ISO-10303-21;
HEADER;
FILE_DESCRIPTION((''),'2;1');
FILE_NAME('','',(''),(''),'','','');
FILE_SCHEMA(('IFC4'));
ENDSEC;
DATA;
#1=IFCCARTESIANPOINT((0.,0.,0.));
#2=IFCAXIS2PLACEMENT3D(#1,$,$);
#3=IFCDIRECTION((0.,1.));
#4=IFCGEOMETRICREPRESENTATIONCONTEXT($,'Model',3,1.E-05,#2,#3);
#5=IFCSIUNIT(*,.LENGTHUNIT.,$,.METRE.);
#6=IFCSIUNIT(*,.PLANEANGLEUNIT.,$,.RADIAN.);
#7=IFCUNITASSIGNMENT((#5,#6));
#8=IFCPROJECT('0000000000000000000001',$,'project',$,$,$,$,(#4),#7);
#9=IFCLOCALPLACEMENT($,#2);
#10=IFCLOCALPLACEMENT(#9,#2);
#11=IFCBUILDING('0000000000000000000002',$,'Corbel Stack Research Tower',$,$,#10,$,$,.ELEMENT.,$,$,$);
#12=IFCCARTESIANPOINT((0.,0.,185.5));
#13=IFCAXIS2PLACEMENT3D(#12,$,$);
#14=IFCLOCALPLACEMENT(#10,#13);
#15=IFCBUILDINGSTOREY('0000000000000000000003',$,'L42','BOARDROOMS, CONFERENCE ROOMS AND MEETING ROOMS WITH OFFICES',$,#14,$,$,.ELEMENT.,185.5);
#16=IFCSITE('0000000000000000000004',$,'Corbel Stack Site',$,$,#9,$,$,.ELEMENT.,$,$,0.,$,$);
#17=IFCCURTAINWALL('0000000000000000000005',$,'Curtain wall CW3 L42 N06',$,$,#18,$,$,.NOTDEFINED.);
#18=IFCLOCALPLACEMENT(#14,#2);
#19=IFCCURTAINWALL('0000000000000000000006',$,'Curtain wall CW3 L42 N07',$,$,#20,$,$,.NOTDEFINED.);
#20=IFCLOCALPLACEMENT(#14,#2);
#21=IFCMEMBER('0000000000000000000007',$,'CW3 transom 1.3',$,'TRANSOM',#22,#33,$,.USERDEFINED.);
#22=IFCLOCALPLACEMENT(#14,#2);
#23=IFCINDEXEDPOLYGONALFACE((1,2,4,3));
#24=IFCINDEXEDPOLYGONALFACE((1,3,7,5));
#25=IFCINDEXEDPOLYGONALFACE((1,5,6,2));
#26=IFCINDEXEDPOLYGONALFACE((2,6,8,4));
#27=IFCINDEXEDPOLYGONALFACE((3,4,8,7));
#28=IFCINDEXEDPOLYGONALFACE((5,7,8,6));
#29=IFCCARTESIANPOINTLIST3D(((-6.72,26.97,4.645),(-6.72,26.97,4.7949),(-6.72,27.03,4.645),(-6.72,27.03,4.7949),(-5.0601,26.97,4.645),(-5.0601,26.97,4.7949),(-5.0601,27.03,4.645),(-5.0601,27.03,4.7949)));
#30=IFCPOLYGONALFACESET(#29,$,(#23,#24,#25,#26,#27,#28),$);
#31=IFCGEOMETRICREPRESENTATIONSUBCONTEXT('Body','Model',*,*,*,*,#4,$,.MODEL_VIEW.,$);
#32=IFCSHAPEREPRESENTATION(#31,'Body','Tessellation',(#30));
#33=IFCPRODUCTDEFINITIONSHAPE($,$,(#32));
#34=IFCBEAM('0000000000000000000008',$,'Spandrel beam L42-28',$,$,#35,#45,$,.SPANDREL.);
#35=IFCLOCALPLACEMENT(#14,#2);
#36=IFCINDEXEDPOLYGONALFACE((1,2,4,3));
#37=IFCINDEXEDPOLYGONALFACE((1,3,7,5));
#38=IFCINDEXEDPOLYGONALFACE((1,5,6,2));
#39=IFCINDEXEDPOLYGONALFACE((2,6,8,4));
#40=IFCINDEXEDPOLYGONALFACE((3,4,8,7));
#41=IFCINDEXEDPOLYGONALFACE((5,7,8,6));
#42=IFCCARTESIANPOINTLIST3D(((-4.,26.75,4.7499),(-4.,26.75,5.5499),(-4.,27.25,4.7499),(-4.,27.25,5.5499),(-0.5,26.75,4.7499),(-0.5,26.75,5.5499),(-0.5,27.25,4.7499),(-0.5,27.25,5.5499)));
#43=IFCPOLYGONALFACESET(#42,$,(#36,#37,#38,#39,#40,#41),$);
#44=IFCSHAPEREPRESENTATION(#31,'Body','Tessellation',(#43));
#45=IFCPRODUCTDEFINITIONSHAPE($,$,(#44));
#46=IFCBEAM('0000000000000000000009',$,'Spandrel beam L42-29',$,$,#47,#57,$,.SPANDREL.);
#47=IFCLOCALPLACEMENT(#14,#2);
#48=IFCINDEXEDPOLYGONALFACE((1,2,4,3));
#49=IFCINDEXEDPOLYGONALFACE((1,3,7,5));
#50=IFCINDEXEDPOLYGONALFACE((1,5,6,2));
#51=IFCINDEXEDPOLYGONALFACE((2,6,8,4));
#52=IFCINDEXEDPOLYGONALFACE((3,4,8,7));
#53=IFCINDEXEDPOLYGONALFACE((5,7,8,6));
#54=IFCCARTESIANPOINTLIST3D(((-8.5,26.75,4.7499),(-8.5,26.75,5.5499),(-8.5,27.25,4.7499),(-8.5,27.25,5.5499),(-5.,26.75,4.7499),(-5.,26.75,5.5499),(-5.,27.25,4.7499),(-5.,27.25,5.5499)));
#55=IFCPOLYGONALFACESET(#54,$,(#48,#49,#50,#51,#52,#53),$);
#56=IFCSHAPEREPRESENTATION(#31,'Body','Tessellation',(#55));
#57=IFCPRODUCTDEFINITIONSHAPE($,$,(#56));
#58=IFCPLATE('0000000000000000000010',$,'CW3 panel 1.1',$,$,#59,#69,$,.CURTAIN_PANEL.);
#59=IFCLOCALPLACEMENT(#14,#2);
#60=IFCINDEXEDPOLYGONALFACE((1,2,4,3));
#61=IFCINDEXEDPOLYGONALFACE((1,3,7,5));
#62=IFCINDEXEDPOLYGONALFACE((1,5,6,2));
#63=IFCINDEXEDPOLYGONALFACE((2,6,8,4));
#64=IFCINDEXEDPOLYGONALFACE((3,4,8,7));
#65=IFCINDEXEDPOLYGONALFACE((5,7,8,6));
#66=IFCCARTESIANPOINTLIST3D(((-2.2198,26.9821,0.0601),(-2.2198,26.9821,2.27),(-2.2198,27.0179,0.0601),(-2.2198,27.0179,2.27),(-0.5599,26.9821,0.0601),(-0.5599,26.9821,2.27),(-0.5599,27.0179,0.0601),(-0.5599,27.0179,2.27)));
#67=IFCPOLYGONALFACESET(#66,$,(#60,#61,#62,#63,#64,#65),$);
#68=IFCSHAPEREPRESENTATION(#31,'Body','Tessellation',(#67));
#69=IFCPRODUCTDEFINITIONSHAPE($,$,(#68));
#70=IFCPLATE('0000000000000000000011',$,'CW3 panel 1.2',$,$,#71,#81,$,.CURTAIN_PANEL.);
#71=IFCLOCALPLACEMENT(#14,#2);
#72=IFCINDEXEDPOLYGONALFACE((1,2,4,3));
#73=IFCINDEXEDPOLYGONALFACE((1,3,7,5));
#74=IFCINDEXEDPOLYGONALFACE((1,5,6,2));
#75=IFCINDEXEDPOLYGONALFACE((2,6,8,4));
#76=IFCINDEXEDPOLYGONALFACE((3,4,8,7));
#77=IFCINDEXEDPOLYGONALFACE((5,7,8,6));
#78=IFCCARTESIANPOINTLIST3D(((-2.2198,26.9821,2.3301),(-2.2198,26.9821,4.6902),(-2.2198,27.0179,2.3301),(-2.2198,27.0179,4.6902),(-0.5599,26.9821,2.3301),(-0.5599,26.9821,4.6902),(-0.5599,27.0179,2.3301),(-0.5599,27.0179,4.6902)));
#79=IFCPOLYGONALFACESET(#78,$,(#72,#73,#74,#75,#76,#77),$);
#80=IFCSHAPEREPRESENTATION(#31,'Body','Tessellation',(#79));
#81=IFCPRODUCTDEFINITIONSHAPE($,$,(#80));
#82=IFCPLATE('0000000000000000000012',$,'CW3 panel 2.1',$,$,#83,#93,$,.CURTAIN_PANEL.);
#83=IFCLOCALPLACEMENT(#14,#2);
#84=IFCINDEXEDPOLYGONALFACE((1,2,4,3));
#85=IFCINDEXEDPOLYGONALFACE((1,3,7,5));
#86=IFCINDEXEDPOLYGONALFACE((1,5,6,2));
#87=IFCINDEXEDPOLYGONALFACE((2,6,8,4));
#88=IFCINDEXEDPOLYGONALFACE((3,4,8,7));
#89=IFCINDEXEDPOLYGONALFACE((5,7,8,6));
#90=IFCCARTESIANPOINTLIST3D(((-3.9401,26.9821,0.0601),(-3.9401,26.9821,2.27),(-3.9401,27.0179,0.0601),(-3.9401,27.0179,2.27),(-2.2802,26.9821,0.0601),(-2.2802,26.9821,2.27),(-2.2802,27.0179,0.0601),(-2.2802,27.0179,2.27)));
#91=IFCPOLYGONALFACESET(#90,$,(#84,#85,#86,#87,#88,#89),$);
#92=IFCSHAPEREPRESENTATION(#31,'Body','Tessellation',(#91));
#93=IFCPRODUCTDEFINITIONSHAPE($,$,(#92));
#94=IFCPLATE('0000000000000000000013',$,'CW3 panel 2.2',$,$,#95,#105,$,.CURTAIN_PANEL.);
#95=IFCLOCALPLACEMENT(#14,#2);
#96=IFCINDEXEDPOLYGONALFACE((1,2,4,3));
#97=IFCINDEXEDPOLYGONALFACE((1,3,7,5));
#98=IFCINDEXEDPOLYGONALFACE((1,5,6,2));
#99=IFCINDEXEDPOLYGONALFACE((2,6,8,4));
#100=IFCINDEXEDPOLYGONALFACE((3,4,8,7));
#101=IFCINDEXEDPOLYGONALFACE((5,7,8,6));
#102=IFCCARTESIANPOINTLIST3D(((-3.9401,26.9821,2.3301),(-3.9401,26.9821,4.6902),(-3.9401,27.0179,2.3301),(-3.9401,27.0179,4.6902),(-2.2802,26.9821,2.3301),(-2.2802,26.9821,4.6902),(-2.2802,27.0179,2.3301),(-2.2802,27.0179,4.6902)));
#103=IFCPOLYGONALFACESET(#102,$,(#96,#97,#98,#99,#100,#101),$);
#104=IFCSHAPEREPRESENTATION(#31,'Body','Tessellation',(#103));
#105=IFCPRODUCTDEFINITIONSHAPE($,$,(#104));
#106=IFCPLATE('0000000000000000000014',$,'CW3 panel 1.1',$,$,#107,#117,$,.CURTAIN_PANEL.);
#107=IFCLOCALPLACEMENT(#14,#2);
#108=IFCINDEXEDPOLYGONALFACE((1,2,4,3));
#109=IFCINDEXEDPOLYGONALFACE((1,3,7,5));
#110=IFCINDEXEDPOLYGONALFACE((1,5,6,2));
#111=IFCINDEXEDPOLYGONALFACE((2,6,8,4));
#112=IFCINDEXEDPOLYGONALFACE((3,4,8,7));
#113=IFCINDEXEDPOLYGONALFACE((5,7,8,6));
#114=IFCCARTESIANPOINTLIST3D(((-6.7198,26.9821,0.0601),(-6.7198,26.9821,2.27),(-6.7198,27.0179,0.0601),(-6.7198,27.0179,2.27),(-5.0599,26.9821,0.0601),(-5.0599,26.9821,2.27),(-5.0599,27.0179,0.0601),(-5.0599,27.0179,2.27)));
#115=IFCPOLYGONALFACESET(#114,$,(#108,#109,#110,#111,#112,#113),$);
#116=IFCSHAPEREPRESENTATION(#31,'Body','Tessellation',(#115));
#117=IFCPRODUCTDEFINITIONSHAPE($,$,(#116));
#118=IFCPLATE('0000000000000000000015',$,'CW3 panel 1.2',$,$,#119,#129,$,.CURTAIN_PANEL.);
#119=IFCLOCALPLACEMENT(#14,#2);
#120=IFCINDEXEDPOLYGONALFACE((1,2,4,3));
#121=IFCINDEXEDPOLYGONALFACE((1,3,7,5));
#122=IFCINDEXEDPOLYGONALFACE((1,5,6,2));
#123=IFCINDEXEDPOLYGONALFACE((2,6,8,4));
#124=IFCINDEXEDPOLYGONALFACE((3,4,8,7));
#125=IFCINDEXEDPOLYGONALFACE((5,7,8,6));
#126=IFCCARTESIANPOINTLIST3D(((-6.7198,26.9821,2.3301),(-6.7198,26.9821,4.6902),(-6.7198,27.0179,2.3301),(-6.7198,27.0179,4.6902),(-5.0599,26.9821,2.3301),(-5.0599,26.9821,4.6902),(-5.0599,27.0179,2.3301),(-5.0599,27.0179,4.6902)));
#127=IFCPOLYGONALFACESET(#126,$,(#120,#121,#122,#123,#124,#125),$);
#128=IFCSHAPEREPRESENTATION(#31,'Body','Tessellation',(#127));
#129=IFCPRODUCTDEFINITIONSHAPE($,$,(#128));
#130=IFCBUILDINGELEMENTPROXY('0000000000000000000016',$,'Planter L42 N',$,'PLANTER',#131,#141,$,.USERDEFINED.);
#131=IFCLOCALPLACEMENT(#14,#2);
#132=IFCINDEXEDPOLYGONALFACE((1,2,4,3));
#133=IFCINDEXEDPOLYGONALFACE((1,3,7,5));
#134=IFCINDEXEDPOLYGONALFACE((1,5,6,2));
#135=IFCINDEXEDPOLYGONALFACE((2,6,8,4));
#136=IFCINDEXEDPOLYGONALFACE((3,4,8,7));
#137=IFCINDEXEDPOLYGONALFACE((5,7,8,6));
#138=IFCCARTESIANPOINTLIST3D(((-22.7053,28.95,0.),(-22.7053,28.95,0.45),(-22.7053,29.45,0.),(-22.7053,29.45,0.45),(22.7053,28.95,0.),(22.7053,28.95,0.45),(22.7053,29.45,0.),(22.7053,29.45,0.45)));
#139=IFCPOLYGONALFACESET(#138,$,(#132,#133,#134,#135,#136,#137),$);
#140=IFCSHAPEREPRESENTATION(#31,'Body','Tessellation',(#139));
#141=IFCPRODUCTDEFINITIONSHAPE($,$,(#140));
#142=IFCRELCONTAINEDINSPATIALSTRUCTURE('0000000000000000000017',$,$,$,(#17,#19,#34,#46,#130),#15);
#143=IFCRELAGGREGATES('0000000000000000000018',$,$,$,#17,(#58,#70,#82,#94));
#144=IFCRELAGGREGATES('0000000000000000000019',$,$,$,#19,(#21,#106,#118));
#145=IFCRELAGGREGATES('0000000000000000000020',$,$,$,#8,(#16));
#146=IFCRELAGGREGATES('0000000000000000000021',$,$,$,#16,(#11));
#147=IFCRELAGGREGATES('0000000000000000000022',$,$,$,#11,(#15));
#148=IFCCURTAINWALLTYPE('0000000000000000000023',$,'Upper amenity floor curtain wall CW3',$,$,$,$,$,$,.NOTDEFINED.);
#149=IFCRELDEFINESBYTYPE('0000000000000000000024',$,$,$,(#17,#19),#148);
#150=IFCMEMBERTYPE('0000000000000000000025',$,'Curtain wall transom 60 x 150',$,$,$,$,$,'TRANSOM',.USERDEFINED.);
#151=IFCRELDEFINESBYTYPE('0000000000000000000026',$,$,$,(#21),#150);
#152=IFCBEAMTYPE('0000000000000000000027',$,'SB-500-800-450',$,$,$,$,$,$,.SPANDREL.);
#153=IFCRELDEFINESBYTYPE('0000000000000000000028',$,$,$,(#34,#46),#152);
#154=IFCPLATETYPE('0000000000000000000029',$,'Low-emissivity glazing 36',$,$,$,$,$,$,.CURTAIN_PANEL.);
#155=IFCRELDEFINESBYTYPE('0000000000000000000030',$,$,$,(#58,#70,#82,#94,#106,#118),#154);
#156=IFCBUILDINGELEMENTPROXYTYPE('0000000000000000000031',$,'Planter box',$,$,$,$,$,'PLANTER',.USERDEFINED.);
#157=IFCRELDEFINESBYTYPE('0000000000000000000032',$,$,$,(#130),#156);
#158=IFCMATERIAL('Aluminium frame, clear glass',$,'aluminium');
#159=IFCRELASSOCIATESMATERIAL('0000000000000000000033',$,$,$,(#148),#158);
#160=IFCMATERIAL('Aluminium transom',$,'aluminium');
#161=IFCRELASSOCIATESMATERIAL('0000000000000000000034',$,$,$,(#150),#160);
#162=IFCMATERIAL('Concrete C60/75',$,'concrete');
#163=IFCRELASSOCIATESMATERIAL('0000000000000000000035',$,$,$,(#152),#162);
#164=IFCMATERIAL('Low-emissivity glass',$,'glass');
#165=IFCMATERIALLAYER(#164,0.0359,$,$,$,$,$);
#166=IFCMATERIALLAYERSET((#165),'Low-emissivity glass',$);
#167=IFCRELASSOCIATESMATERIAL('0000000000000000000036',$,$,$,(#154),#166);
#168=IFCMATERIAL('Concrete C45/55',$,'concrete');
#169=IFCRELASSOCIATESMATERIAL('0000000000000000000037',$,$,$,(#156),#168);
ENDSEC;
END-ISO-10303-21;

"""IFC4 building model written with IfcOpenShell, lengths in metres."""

from ifc_helpers import new_model, si_unit, direction, frame, origin, origin_2d, place, context, subcontext, project, spatial, rectangle, extrude, material, layer, layer_set, material_profile, profile_set, type_object, element, aggregate, save


model = new_model("IFC4")

# Units and contexts
model_context = context("Model", 3, precision=1e-05, world=origin(), true_north=direction((0.0, 1.0)))
body_context = subcontext(model_context, "Body", "Model", "MODEL_VIEW")
ifc_project = project(units=[si_unit("LENGTHUNIT", "METRE"), si_unit("PLANEANGLEUNIT", "RADIAN")], contexts=[model_context])

# Site, building, storey
site_placement = place(None, origin())
site = spatial("IfcSite", under=ifc_project, at=site_placement, Name="Corbel Stack Site", CompositionType="ELEMENT", RefElevation=0.0)
building_placement = place(site_placement, origin())
building = spatial("IfcBuilding", under=site, at=building_placement, Name="Corbel Stack Research Tower", CompositionType="ELEMENT")
storey_placement = place(building_placement, frame((0.0, 0.0, 185.5)))
storey = spatial("IfcBuildingStorey", under=building, at=storey_placement, Name="L42", Description="BOARDROOMS, CONFERENCE ROOMS AND MEETING ROOMS WITH OFFICES", CompositionType="ELEMENT", Elevation=185.5)

# Curtain walls
ifc_material_1 = material(Name="Aluminium frame, clear glass", Category="aluminium")
curtain_wall_type = type_object("IfcCurtainWallType", Name="Upper amenity floor curtain wall CW3", PredefinedType="NOTDEFINED", material=ifc_material_1)
curtain_wall_1_placement = place(storey_placement, origin())
curtain_wall_1 = element("IfcCurtainWall", 1, at=curtain_wall_1_placement, inside=storey, type_object=curtain_wall_type, Name="Curtain wall CW3 L42 N06", PredefinedType="NOTDEFINED")
curtain_wall_2_placement = place(storey_placement, origin())
curtain_wall_2 = element("IfcCurtainWall", 2, at=curtain_wall_2_placement, inside=storey, type_object=curtain_wall_type, Name="Curtain wall CW3 L42 N07", PredefinedType="NOTDEFINED")

# Member
ifc_material_2 = material(Name="Aluminium transom", Category="aluminium")
ifc_material_profile_1 = material_profile(ifc_material_2, rectangle(XDim=0.0601, YDim=0.1499, at=origin_2d()), Name="Transom 60 x 150")
ifc_profile_set_1 = profile_set([ifc_material_profile_1], Name="Aluminium transom")
member_type_1 = type_object("IfcMemberType", Name="Curtain wall transom 60 x 150", ElementType="TRANSOM", PredefinedType="USERDEFINED", material=ifc_profile_set_1)
member_1_placement = place(storey_placement, frame((-5.0601, 27.0, 4.72), z_axis=(-1.0, 0.0, 0.0), x_axis=(0.0, -1.0, 0.0)))
member_1 = element("IfcMember", 3, at=member_1_placement, type_object=member_type_1, Name="CW3 transom 1.3", ObjectType="TRANSOM", PredefinedType="USERDEFINED", context=body_context, shape_type="SweptSolid", body=[
    extrude(rectangle(XDim=0.0601, YDim=0.1499, at=origin_2d()), origin(), (0.0, 0.0, 1.0), 1.6599),
])

# Beams
ifc_material_3 = material(Name="Concrete C60/75", Category="concrete")
ifc_material_profile_2 = material_profile(ifc_material_3, rectangle(XDim=0.5, YDim=0.8, at=origin_2d()), Name="RC 500 x 800")
ifc_profile_set_2 = profile_set([ifc_material_profile_2], Name="Concrete C60/75")
beam_type = type_object("IfcBeamType", Name="SB-500-800-450", PredefinedType="SPANDREL", material=ifc_profile_set_2)
for number, where, z_axis, x_axis, name in (
    (4, (-0.5, 27.0, 5.1499), (-1.0, 0.0, 0.0), (0.0, -1.0, 0.0), "Spandrel beam L42-28"),
    (5, (-5.0, 27.0, 5.1499), (-1.0, 0.0, 0.0), (0.0, -1.0, 0.0), "Spandrel beam L42-29"),
):
    element("IfcBeam", number, at=place(storey_placement, frame(where, z_axis=z_axis, x_axis=x_axis)), inside=storey, type_object=beam_type, Name=name, PredefinedType="SPANDREL", context=body_context, shape_type="SweptSolid", body=[
        extrude(rectangle(XDim=0.5, YDim=0.8, at=origin_2d()), origin(), (0.0, 0.0, 1.0), 3.5),
    ])

# Plates
ifc_material_4 = material(Name="Low-emissivity glass", Category="glass")
ifc_layer = layer(ifc_material_4, 0.0359)
ifc_layer_set = layer_set([ifc_layer], Name="Low-emissivity glass")
plate_type = type_object("IfcPlateType", Name="Low-emissivity glazing 36", PredefinedType="CURTAIN_PANEL", material=ifc_layer_set)
plate_1_placement = place(storey_placement, frame((-1.3899, 27.0, 0.0601), z_axis=(0.0, 0.0, 1.0), x_axis=(-1.0, 0.0, 0.0)))
plate_1 = element("IfcPlate", 6, at=plate_1_placement, type_object=plate_type, Name="CW3 panel 1.1", PredefinedType="CURTAIN_PANEL", context=body_context, shape_type="SweptSolid", body=[
    extrude(rectangle(XDim=1.6599, YDim=0.0359, at=origin_2d()), origin(), (0.0, 0.0, 1.0), 2.21),
])
plate_2_placement = place(storey_placement, frame((-1.3899, 27.0, 2.3301), z_axis=(0.0, 0.0, 1.0), x_axis=(-1.0, 0.0, 0.0)))
plate_2 = element("IfcPlate", 7, at=plate_2_placement, type_object=plate_type, Name="CW3 panel 1.2", PredefinedType="CURTAIN_PANEL", context=body_context, shape_type="SweptSolid", body=[
    extrude(rectangle(XDim=1.6599, YDim=0.0359, at=origin_2d()), origin(), (0.0, 0.0, 1.0), 2.3601),
])
plate_3_placement = place(storey_placement, frame((-3.1101, 27.0, 0.0601), z_axis=(0.0, 0.0, 1.0), x_axis=(-1.0, 0.0, 0.0)))
plate_3 = element("IfcPlate", 8, at=plate_3_placement, type_object=plate_type, Name="CW3 panel 2.1", PredefinedType="CURTAIN_PANEL", context=body_context, shape_type="SweptSolid", body=[
    extrude(rectangle(XDim=1.6599, YDim=0.0359, at=origin_2d()), origin(), (0.0, 0.0, 1.0), 2.21),
])
plate_4_placement = place(storey_placement, frame((-3.1101, 27.0, 2.3301), z_axis=(0.0, 0.0, 1.0), x_axis=(-1.0, 0.0, 0.0)))
plate_4 = element("IfcPlate", 9, at=plate_4_placement, type_object=plate_type, Name="CW3 panel 2.2", PredefinedType="CURTAIN_PANEL", context=body_context, shape_type="SweptSolid", body=[
    extrude(rectangle(XDim=1.6599, YDim=0.0359, at=origin_2d()), origin(), (0.0, 0.0, 1.0), 2.3601),
])
aggregate(curtain_wall_1, [plate_1, plate_2, plate_3, plate_4])
plate_5_placement = place(storey_placement, frame((-5.8899, 27.0, 0.0601), z_axis=(0.0, 0.0, 1.0), x_axis=(-1.0, 0.0, 0.0)))
plate_5 = element("IfcPlate", 10, at=plate_5_placement, type_object=plate_type, Name="CW3 panel 1.1", PredefinedType="CURTAIN_PANEL", context=body_context, shape_type="SweptSolid", body=[
    extrude(rectangle(XDim=1.6599, YDim=0.0359, at=origin_2d()), origin(), (0.0, 0.0, 1.0), 2.21),
])
plate_6_placement = place(storey_placement, frame((-5.8899, 27.0, 2.3301), z_axis=(0.0, 0.0, 1.0), x_axis=(-1.0, 0.0, 0.0)))
plate_6 = element("IfcPlate", 11, at=plate_6_placement, type_object=plate_type, Name="CW3 panel 1.2", PredefinedType="CURTAIN_PANEL", context=body_context, shape_type="SweptSolid", body=[
    extrude(rectangle(XDim=1.6599, YDim=0.0359, at=origin_2d()), origin(), (0.0, 0.0, 1.0), 2.3601),
])
aggregate(curtain_wall_2, [member_1, plate_5, plate_6])

# Building element proxy
ifc_material_5 = material(Name="Concrete C45/55", Category="concrete")
building_element_proxy_type = type_object("IfcBuildingElementProxyType", Name="Planter box", ElementType="PLANTER", PredefinedType="USERDEFINED", material=ifc_material_5)
proxy_placement = place(storey_placement, frame((0.0, 29.2, 0.0), z_axis=(0.0, 0.0, 1.0), x_axis=(-1.0, 0.0, 0.0)))
element("IfcBuildingElementProxy", 12, at=proxy_placement, inside=storey, type_object=building_element_proxy_type, Name="Planter L42 N", ObjectType="PLANTER", PredefinedType="USERDEFINED", context=body_context, shape_type="SweptSolid", body=[
    extrude(rectangle(XDim=45.4106, YDim=0.5, at=origin_2d()), origin(), (0.0, 0.0, 1.0), 0.45),
])

save(model, "model.ifc")
